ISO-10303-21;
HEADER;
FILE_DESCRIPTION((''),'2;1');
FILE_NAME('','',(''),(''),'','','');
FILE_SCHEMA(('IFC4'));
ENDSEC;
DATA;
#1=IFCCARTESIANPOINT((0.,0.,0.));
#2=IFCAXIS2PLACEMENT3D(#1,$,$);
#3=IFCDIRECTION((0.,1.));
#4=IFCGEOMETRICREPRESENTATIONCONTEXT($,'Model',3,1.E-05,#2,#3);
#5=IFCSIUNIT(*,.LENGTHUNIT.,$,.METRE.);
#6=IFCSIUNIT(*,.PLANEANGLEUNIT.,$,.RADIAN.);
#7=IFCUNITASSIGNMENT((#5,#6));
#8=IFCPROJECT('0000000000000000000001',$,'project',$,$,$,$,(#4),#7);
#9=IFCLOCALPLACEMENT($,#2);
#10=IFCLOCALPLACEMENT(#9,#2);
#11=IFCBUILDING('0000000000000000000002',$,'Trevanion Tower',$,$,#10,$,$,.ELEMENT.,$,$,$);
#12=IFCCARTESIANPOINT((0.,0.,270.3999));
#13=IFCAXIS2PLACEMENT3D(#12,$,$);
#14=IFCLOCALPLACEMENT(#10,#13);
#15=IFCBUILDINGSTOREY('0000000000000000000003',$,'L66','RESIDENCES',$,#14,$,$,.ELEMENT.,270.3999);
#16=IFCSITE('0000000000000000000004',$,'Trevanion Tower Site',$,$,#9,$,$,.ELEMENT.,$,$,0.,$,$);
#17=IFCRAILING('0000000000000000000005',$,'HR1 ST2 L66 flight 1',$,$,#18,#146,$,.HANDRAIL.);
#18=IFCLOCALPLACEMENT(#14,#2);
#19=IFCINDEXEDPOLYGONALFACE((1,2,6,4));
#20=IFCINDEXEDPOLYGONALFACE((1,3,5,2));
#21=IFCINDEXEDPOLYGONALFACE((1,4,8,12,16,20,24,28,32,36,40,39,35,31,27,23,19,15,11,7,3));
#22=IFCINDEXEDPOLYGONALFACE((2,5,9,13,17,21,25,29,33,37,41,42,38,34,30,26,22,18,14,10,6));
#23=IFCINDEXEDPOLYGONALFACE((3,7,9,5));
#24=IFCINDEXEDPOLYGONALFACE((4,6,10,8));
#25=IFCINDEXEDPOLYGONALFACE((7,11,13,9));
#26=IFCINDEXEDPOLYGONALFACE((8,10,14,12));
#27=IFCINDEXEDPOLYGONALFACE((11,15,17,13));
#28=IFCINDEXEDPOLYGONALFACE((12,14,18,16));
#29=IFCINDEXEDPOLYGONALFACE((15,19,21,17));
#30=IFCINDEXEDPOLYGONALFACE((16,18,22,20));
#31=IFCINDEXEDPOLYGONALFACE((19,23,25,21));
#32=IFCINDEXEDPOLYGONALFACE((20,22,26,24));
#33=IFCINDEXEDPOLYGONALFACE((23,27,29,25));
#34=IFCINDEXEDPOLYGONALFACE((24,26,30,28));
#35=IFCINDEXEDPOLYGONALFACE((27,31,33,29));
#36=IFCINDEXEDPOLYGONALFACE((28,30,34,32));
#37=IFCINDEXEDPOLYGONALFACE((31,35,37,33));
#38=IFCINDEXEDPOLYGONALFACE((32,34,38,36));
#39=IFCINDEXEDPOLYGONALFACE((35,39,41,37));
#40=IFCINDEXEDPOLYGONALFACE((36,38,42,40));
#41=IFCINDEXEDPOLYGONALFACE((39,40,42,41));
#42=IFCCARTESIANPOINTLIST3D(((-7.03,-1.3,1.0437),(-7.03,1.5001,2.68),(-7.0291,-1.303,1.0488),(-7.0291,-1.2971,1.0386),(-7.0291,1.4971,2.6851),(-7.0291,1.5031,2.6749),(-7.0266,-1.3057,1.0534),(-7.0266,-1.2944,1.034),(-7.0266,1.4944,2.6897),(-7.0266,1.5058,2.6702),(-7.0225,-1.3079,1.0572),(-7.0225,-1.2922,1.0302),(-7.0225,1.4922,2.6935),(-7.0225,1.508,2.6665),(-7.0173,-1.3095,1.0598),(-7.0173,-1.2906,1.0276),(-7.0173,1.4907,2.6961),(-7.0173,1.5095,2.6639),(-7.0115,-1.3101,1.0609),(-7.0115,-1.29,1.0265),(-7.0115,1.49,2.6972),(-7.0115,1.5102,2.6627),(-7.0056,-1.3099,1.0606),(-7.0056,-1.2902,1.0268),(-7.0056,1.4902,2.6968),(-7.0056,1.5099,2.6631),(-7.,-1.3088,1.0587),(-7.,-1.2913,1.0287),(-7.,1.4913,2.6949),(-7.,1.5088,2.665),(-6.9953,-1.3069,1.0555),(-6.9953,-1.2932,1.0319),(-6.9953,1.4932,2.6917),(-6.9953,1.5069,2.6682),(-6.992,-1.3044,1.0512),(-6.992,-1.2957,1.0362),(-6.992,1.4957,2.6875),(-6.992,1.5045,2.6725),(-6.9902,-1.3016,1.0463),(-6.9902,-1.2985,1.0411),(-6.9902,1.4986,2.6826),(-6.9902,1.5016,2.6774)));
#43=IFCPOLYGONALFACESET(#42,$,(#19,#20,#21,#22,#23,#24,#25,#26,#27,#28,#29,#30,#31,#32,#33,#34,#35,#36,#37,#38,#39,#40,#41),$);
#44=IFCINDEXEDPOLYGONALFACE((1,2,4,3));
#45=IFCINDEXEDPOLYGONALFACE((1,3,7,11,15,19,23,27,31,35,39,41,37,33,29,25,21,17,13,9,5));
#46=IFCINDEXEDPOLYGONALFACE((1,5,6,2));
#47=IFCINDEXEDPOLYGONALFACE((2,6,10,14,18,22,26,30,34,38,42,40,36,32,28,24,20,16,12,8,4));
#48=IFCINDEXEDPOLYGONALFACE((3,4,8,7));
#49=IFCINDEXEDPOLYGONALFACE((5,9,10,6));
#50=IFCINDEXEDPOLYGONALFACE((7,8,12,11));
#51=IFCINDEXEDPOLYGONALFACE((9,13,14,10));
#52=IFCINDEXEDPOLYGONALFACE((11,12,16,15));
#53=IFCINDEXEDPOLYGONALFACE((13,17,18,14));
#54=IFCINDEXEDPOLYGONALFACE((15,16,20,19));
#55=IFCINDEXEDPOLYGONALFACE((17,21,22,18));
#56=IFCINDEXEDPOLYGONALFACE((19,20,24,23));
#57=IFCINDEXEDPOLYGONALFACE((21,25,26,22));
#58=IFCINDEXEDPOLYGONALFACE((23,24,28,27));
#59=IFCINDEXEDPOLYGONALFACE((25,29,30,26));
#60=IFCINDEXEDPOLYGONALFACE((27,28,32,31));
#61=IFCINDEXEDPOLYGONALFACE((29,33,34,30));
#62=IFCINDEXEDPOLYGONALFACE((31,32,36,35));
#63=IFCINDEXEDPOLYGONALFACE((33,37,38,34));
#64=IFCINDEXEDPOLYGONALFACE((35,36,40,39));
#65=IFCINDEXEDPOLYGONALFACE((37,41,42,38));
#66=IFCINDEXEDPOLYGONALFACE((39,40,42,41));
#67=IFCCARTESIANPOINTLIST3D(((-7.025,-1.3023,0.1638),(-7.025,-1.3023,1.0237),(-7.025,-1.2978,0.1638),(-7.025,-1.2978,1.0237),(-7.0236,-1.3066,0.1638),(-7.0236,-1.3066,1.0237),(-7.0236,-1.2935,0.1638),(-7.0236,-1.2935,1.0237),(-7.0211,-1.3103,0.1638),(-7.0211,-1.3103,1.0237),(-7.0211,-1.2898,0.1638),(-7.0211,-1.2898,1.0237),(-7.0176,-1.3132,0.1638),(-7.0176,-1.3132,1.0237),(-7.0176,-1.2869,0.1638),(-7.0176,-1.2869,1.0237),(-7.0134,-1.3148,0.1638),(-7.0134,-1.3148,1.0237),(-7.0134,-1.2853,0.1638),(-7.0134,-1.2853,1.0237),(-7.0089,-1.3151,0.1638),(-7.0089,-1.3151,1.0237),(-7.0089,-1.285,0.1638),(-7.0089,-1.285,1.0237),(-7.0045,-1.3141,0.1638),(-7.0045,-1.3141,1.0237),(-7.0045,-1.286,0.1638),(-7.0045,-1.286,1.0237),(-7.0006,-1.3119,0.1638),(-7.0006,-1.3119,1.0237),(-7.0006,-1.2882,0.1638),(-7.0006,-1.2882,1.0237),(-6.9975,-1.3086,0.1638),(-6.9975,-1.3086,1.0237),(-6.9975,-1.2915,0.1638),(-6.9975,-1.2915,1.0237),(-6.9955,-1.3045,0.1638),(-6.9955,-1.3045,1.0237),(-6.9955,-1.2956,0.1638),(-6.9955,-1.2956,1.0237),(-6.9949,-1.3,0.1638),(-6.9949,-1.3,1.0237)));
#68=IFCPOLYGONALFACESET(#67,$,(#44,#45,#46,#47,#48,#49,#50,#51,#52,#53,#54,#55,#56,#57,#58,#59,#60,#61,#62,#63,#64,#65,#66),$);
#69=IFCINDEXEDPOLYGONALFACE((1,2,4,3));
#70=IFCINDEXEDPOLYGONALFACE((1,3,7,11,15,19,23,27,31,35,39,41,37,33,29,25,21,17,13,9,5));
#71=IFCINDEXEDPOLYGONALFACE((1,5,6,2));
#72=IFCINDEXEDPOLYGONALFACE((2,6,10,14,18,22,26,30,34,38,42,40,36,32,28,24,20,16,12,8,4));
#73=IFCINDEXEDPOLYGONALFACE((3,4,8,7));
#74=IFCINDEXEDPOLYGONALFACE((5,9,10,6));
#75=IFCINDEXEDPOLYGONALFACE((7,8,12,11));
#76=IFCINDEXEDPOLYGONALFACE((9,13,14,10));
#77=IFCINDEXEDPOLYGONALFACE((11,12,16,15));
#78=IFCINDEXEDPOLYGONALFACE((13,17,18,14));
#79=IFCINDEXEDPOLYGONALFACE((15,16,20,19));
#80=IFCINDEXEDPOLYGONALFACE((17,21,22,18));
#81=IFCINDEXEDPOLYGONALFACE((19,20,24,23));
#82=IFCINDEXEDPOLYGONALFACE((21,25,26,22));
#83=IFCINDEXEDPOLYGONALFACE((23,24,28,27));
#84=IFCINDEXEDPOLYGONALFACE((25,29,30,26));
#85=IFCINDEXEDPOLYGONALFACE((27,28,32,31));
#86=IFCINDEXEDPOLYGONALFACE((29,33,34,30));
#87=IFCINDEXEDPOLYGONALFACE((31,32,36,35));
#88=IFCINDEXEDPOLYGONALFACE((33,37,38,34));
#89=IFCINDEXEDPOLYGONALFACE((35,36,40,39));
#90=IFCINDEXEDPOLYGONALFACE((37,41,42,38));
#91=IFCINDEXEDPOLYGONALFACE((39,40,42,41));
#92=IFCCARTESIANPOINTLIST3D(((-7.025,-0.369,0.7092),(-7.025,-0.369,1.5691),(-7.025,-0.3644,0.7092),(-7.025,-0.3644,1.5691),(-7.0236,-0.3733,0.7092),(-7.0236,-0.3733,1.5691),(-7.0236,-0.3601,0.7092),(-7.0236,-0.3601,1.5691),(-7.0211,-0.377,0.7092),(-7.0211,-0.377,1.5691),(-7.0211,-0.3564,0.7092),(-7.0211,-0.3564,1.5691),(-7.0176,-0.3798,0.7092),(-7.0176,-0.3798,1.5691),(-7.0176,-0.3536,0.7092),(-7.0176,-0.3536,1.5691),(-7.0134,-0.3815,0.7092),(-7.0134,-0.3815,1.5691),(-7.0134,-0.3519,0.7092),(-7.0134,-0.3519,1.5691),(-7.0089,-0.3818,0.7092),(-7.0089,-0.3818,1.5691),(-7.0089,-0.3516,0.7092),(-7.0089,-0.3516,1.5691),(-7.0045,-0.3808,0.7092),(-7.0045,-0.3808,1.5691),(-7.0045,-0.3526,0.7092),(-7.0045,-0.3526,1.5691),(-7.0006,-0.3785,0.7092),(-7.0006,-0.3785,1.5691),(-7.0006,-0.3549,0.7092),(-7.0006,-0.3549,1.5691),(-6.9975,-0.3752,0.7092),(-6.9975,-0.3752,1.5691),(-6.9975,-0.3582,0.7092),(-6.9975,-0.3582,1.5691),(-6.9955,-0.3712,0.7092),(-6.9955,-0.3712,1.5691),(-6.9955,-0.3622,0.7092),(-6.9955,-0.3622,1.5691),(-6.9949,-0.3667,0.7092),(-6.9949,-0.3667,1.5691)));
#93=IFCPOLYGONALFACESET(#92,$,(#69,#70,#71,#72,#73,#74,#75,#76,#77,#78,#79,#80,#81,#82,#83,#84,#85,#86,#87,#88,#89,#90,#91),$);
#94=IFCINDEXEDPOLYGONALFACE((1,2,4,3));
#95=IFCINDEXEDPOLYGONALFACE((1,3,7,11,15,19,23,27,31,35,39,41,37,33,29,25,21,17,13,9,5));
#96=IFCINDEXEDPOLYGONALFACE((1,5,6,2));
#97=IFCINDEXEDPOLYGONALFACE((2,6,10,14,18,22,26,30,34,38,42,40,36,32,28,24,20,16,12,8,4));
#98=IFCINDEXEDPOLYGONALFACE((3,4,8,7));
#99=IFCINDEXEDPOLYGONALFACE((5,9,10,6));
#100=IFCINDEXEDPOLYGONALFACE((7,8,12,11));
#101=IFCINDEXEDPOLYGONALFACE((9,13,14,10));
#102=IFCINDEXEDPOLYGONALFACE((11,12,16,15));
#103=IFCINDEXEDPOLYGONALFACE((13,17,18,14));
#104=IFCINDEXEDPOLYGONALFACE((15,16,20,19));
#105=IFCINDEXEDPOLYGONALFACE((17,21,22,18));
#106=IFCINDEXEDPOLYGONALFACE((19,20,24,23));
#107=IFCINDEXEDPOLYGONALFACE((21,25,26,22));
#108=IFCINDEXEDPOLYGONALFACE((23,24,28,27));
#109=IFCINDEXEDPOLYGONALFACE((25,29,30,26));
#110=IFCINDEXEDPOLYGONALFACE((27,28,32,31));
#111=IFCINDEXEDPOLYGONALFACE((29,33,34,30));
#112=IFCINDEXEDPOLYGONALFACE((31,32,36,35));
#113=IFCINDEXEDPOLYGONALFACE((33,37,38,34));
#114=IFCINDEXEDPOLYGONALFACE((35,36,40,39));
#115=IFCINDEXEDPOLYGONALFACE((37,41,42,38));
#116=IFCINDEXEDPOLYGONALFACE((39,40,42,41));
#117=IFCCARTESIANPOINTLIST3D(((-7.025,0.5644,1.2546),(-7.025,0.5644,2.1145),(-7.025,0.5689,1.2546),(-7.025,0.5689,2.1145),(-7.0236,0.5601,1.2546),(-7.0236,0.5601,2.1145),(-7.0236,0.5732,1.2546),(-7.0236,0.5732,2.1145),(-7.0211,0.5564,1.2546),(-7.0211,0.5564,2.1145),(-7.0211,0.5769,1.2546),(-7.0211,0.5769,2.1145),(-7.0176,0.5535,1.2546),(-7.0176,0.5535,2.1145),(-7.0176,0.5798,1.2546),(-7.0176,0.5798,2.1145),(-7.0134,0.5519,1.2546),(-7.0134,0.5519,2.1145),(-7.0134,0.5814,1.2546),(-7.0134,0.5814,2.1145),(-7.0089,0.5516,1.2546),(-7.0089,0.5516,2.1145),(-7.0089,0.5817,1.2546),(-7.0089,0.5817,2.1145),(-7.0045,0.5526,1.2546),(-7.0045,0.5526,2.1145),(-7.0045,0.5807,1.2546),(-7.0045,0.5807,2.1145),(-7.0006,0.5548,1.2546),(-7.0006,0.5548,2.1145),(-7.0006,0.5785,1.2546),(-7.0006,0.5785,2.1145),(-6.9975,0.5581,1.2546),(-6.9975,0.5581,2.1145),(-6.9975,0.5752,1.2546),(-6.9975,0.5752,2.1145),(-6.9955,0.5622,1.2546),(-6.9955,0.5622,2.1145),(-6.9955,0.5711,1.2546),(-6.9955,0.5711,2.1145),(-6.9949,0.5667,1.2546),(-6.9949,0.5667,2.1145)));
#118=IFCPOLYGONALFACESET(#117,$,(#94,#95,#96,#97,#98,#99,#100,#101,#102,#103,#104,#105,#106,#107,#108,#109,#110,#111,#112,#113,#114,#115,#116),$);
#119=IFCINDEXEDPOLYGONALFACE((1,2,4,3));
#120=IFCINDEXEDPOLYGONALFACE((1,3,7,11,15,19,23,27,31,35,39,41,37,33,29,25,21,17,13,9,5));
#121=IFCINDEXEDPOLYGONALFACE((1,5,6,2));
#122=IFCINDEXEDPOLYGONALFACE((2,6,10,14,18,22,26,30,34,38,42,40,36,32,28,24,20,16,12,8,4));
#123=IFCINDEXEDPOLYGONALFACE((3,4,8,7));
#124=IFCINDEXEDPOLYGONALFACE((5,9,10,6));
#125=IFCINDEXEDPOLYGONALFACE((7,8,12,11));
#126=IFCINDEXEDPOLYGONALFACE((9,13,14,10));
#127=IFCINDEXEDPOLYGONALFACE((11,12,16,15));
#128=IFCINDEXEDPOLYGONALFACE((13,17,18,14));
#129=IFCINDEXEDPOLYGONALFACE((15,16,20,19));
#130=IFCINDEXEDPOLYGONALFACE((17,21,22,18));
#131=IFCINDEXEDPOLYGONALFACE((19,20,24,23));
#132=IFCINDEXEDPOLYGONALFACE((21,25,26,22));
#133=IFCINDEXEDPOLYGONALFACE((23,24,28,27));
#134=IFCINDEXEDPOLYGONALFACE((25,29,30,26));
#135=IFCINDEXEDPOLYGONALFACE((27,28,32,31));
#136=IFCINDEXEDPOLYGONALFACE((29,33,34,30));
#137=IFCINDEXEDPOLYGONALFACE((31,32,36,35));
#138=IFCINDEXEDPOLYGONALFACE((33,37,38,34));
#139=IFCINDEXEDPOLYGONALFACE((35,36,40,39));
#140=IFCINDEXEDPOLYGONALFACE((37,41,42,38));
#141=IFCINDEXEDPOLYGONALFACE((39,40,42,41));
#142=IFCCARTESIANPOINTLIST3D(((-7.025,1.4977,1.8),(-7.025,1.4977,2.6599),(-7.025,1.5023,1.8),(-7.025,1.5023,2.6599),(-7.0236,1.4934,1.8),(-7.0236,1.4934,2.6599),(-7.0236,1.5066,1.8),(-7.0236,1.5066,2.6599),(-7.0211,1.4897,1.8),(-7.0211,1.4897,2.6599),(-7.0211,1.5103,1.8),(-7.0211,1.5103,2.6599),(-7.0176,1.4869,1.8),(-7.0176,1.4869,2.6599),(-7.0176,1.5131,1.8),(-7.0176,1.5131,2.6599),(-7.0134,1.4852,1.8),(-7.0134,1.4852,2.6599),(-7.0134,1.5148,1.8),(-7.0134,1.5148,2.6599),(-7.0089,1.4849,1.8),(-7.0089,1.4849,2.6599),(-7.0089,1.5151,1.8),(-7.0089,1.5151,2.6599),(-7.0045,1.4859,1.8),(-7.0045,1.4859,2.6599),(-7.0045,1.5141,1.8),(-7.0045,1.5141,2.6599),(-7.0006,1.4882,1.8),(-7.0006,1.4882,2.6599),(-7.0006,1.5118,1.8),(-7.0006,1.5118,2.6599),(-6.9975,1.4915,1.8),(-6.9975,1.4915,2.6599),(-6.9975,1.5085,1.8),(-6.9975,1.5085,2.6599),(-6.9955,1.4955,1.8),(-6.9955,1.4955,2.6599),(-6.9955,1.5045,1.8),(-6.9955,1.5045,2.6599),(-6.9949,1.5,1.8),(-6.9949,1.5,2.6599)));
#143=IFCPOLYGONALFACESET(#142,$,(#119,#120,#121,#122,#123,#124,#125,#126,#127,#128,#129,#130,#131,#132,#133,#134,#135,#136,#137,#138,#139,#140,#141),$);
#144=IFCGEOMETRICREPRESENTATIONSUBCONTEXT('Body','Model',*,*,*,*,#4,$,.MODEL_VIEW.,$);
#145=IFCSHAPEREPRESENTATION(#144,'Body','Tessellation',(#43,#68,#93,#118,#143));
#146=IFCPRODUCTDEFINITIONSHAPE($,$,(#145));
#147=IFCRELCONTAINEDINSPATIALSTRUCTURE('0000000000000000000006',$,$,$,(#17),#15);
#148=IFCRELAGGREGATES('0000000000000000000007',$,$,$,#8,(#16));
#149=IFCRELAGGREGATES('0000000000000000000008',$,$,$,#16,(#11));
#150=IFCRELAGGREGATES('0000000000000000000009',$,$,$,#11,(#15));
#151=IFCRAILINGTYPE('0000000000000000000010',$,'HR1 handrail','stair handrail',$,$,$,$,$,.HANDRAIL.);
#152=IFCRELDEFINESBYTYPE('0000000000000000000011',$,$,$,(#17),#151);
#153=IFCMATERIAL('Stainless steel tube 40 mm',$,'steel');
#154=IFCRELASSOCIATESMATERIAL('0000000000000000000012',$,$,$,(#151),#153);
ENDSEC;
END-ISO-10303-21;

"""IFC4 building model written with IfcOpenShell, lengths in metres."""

from ifc_helpers import new_model, si_unit, direction, frame, origin, origin_2d, place, context, subcontext, project, spatial, circle, extrude, material, type_object, element, save


model = new_model("IFC4")

# Units and contexts
model_context = context("Model", 3, precision=1e-05, world=origin(), true_north=direction((0.0, 1.0)))
body_context = subcontext(model_context, "Body", "Model", "MODEL_VIEW")
ifc_project = project(units=[si_unit("LENGTHUNIT", "METRE"), si_unit("PLANEANGLEUNIT", "RADIAN")], contexts=[model_context])

# Site, building, storey
site_placement = place(None, origin())
site = spatial("IfcSite", under=ifc_project, at=site_placement, Name="Trevanion Tower Site", CompositionType="ELEMENT", RefElevation=0.0)
building_placement = place(site_placement, origin())
building = spatial("IfcBuilding", under=site, at=building_placement, Name="Trevanion Tower", CompositionType="ELEMENT")
storey_placement = place(building_placement, frame((0.0, 0.0, 270.3999)))
storey = spatial("IfcBuildingStorey", under=building, at=storey_placement, Name="L66", Description="RESIDENCES", CompositionType="ELEMENT", Elevation=270.3999)

# Railing
ifc_material_1 = material(Name="Stainless steel tube 40 mm", Category="steel")
railing_type = type_object("IfcRailingType", Name="HR1 handrail", Description="stair handrail", PredefinedType="HANDRAIL", material=ifc_material_1)
for number, where, name in (
    (1, (-7.01, -1.3, 0.1638), "HR1 ST2 L66 flight 1"),
):
    element("IfcRailing", number, at=place(storey_placement, frame(where)), inside=storey, type_object=railing_type, Name=name, PredefinedType="HANDRAIL", context=body_context, shape_type="SweptSolid", body=[
        extrude(circle(Radius=0.02, at=origin_2d()), frame((0.0, 0.0, 0.8799), z_axis=(0.0, 0.863394, 0.504531), x_axis=(-1.0, 0.0, 0.0)), (0.0, 0.0, 1.0), 3.2432),
        extrude(circle(Radius=0.0151, at=origin_2d()), origin(), (0.0, 0.0, 1.0), 0.8599),
        extrude(circle(Radius=0.0151, at=origin_2d()), frame((0.0, 0.9333, 0.5454)), (0.0, 0.0, 1.0), 0.8599),
        extrude(circle(Radius=0.0151, at=origin_2d()), frame((0.0, 1.8667, 1.0908)), (0.0, 0.0, 1.0), 0.8599),
        extrude(circle(Radius=0.0151, at=origin_2d()), frame((0.0, 2.8, 1.6362)), (0.0, 0.0, 1.0), 0.8599),
    ])

save(model, "model.ifc")
